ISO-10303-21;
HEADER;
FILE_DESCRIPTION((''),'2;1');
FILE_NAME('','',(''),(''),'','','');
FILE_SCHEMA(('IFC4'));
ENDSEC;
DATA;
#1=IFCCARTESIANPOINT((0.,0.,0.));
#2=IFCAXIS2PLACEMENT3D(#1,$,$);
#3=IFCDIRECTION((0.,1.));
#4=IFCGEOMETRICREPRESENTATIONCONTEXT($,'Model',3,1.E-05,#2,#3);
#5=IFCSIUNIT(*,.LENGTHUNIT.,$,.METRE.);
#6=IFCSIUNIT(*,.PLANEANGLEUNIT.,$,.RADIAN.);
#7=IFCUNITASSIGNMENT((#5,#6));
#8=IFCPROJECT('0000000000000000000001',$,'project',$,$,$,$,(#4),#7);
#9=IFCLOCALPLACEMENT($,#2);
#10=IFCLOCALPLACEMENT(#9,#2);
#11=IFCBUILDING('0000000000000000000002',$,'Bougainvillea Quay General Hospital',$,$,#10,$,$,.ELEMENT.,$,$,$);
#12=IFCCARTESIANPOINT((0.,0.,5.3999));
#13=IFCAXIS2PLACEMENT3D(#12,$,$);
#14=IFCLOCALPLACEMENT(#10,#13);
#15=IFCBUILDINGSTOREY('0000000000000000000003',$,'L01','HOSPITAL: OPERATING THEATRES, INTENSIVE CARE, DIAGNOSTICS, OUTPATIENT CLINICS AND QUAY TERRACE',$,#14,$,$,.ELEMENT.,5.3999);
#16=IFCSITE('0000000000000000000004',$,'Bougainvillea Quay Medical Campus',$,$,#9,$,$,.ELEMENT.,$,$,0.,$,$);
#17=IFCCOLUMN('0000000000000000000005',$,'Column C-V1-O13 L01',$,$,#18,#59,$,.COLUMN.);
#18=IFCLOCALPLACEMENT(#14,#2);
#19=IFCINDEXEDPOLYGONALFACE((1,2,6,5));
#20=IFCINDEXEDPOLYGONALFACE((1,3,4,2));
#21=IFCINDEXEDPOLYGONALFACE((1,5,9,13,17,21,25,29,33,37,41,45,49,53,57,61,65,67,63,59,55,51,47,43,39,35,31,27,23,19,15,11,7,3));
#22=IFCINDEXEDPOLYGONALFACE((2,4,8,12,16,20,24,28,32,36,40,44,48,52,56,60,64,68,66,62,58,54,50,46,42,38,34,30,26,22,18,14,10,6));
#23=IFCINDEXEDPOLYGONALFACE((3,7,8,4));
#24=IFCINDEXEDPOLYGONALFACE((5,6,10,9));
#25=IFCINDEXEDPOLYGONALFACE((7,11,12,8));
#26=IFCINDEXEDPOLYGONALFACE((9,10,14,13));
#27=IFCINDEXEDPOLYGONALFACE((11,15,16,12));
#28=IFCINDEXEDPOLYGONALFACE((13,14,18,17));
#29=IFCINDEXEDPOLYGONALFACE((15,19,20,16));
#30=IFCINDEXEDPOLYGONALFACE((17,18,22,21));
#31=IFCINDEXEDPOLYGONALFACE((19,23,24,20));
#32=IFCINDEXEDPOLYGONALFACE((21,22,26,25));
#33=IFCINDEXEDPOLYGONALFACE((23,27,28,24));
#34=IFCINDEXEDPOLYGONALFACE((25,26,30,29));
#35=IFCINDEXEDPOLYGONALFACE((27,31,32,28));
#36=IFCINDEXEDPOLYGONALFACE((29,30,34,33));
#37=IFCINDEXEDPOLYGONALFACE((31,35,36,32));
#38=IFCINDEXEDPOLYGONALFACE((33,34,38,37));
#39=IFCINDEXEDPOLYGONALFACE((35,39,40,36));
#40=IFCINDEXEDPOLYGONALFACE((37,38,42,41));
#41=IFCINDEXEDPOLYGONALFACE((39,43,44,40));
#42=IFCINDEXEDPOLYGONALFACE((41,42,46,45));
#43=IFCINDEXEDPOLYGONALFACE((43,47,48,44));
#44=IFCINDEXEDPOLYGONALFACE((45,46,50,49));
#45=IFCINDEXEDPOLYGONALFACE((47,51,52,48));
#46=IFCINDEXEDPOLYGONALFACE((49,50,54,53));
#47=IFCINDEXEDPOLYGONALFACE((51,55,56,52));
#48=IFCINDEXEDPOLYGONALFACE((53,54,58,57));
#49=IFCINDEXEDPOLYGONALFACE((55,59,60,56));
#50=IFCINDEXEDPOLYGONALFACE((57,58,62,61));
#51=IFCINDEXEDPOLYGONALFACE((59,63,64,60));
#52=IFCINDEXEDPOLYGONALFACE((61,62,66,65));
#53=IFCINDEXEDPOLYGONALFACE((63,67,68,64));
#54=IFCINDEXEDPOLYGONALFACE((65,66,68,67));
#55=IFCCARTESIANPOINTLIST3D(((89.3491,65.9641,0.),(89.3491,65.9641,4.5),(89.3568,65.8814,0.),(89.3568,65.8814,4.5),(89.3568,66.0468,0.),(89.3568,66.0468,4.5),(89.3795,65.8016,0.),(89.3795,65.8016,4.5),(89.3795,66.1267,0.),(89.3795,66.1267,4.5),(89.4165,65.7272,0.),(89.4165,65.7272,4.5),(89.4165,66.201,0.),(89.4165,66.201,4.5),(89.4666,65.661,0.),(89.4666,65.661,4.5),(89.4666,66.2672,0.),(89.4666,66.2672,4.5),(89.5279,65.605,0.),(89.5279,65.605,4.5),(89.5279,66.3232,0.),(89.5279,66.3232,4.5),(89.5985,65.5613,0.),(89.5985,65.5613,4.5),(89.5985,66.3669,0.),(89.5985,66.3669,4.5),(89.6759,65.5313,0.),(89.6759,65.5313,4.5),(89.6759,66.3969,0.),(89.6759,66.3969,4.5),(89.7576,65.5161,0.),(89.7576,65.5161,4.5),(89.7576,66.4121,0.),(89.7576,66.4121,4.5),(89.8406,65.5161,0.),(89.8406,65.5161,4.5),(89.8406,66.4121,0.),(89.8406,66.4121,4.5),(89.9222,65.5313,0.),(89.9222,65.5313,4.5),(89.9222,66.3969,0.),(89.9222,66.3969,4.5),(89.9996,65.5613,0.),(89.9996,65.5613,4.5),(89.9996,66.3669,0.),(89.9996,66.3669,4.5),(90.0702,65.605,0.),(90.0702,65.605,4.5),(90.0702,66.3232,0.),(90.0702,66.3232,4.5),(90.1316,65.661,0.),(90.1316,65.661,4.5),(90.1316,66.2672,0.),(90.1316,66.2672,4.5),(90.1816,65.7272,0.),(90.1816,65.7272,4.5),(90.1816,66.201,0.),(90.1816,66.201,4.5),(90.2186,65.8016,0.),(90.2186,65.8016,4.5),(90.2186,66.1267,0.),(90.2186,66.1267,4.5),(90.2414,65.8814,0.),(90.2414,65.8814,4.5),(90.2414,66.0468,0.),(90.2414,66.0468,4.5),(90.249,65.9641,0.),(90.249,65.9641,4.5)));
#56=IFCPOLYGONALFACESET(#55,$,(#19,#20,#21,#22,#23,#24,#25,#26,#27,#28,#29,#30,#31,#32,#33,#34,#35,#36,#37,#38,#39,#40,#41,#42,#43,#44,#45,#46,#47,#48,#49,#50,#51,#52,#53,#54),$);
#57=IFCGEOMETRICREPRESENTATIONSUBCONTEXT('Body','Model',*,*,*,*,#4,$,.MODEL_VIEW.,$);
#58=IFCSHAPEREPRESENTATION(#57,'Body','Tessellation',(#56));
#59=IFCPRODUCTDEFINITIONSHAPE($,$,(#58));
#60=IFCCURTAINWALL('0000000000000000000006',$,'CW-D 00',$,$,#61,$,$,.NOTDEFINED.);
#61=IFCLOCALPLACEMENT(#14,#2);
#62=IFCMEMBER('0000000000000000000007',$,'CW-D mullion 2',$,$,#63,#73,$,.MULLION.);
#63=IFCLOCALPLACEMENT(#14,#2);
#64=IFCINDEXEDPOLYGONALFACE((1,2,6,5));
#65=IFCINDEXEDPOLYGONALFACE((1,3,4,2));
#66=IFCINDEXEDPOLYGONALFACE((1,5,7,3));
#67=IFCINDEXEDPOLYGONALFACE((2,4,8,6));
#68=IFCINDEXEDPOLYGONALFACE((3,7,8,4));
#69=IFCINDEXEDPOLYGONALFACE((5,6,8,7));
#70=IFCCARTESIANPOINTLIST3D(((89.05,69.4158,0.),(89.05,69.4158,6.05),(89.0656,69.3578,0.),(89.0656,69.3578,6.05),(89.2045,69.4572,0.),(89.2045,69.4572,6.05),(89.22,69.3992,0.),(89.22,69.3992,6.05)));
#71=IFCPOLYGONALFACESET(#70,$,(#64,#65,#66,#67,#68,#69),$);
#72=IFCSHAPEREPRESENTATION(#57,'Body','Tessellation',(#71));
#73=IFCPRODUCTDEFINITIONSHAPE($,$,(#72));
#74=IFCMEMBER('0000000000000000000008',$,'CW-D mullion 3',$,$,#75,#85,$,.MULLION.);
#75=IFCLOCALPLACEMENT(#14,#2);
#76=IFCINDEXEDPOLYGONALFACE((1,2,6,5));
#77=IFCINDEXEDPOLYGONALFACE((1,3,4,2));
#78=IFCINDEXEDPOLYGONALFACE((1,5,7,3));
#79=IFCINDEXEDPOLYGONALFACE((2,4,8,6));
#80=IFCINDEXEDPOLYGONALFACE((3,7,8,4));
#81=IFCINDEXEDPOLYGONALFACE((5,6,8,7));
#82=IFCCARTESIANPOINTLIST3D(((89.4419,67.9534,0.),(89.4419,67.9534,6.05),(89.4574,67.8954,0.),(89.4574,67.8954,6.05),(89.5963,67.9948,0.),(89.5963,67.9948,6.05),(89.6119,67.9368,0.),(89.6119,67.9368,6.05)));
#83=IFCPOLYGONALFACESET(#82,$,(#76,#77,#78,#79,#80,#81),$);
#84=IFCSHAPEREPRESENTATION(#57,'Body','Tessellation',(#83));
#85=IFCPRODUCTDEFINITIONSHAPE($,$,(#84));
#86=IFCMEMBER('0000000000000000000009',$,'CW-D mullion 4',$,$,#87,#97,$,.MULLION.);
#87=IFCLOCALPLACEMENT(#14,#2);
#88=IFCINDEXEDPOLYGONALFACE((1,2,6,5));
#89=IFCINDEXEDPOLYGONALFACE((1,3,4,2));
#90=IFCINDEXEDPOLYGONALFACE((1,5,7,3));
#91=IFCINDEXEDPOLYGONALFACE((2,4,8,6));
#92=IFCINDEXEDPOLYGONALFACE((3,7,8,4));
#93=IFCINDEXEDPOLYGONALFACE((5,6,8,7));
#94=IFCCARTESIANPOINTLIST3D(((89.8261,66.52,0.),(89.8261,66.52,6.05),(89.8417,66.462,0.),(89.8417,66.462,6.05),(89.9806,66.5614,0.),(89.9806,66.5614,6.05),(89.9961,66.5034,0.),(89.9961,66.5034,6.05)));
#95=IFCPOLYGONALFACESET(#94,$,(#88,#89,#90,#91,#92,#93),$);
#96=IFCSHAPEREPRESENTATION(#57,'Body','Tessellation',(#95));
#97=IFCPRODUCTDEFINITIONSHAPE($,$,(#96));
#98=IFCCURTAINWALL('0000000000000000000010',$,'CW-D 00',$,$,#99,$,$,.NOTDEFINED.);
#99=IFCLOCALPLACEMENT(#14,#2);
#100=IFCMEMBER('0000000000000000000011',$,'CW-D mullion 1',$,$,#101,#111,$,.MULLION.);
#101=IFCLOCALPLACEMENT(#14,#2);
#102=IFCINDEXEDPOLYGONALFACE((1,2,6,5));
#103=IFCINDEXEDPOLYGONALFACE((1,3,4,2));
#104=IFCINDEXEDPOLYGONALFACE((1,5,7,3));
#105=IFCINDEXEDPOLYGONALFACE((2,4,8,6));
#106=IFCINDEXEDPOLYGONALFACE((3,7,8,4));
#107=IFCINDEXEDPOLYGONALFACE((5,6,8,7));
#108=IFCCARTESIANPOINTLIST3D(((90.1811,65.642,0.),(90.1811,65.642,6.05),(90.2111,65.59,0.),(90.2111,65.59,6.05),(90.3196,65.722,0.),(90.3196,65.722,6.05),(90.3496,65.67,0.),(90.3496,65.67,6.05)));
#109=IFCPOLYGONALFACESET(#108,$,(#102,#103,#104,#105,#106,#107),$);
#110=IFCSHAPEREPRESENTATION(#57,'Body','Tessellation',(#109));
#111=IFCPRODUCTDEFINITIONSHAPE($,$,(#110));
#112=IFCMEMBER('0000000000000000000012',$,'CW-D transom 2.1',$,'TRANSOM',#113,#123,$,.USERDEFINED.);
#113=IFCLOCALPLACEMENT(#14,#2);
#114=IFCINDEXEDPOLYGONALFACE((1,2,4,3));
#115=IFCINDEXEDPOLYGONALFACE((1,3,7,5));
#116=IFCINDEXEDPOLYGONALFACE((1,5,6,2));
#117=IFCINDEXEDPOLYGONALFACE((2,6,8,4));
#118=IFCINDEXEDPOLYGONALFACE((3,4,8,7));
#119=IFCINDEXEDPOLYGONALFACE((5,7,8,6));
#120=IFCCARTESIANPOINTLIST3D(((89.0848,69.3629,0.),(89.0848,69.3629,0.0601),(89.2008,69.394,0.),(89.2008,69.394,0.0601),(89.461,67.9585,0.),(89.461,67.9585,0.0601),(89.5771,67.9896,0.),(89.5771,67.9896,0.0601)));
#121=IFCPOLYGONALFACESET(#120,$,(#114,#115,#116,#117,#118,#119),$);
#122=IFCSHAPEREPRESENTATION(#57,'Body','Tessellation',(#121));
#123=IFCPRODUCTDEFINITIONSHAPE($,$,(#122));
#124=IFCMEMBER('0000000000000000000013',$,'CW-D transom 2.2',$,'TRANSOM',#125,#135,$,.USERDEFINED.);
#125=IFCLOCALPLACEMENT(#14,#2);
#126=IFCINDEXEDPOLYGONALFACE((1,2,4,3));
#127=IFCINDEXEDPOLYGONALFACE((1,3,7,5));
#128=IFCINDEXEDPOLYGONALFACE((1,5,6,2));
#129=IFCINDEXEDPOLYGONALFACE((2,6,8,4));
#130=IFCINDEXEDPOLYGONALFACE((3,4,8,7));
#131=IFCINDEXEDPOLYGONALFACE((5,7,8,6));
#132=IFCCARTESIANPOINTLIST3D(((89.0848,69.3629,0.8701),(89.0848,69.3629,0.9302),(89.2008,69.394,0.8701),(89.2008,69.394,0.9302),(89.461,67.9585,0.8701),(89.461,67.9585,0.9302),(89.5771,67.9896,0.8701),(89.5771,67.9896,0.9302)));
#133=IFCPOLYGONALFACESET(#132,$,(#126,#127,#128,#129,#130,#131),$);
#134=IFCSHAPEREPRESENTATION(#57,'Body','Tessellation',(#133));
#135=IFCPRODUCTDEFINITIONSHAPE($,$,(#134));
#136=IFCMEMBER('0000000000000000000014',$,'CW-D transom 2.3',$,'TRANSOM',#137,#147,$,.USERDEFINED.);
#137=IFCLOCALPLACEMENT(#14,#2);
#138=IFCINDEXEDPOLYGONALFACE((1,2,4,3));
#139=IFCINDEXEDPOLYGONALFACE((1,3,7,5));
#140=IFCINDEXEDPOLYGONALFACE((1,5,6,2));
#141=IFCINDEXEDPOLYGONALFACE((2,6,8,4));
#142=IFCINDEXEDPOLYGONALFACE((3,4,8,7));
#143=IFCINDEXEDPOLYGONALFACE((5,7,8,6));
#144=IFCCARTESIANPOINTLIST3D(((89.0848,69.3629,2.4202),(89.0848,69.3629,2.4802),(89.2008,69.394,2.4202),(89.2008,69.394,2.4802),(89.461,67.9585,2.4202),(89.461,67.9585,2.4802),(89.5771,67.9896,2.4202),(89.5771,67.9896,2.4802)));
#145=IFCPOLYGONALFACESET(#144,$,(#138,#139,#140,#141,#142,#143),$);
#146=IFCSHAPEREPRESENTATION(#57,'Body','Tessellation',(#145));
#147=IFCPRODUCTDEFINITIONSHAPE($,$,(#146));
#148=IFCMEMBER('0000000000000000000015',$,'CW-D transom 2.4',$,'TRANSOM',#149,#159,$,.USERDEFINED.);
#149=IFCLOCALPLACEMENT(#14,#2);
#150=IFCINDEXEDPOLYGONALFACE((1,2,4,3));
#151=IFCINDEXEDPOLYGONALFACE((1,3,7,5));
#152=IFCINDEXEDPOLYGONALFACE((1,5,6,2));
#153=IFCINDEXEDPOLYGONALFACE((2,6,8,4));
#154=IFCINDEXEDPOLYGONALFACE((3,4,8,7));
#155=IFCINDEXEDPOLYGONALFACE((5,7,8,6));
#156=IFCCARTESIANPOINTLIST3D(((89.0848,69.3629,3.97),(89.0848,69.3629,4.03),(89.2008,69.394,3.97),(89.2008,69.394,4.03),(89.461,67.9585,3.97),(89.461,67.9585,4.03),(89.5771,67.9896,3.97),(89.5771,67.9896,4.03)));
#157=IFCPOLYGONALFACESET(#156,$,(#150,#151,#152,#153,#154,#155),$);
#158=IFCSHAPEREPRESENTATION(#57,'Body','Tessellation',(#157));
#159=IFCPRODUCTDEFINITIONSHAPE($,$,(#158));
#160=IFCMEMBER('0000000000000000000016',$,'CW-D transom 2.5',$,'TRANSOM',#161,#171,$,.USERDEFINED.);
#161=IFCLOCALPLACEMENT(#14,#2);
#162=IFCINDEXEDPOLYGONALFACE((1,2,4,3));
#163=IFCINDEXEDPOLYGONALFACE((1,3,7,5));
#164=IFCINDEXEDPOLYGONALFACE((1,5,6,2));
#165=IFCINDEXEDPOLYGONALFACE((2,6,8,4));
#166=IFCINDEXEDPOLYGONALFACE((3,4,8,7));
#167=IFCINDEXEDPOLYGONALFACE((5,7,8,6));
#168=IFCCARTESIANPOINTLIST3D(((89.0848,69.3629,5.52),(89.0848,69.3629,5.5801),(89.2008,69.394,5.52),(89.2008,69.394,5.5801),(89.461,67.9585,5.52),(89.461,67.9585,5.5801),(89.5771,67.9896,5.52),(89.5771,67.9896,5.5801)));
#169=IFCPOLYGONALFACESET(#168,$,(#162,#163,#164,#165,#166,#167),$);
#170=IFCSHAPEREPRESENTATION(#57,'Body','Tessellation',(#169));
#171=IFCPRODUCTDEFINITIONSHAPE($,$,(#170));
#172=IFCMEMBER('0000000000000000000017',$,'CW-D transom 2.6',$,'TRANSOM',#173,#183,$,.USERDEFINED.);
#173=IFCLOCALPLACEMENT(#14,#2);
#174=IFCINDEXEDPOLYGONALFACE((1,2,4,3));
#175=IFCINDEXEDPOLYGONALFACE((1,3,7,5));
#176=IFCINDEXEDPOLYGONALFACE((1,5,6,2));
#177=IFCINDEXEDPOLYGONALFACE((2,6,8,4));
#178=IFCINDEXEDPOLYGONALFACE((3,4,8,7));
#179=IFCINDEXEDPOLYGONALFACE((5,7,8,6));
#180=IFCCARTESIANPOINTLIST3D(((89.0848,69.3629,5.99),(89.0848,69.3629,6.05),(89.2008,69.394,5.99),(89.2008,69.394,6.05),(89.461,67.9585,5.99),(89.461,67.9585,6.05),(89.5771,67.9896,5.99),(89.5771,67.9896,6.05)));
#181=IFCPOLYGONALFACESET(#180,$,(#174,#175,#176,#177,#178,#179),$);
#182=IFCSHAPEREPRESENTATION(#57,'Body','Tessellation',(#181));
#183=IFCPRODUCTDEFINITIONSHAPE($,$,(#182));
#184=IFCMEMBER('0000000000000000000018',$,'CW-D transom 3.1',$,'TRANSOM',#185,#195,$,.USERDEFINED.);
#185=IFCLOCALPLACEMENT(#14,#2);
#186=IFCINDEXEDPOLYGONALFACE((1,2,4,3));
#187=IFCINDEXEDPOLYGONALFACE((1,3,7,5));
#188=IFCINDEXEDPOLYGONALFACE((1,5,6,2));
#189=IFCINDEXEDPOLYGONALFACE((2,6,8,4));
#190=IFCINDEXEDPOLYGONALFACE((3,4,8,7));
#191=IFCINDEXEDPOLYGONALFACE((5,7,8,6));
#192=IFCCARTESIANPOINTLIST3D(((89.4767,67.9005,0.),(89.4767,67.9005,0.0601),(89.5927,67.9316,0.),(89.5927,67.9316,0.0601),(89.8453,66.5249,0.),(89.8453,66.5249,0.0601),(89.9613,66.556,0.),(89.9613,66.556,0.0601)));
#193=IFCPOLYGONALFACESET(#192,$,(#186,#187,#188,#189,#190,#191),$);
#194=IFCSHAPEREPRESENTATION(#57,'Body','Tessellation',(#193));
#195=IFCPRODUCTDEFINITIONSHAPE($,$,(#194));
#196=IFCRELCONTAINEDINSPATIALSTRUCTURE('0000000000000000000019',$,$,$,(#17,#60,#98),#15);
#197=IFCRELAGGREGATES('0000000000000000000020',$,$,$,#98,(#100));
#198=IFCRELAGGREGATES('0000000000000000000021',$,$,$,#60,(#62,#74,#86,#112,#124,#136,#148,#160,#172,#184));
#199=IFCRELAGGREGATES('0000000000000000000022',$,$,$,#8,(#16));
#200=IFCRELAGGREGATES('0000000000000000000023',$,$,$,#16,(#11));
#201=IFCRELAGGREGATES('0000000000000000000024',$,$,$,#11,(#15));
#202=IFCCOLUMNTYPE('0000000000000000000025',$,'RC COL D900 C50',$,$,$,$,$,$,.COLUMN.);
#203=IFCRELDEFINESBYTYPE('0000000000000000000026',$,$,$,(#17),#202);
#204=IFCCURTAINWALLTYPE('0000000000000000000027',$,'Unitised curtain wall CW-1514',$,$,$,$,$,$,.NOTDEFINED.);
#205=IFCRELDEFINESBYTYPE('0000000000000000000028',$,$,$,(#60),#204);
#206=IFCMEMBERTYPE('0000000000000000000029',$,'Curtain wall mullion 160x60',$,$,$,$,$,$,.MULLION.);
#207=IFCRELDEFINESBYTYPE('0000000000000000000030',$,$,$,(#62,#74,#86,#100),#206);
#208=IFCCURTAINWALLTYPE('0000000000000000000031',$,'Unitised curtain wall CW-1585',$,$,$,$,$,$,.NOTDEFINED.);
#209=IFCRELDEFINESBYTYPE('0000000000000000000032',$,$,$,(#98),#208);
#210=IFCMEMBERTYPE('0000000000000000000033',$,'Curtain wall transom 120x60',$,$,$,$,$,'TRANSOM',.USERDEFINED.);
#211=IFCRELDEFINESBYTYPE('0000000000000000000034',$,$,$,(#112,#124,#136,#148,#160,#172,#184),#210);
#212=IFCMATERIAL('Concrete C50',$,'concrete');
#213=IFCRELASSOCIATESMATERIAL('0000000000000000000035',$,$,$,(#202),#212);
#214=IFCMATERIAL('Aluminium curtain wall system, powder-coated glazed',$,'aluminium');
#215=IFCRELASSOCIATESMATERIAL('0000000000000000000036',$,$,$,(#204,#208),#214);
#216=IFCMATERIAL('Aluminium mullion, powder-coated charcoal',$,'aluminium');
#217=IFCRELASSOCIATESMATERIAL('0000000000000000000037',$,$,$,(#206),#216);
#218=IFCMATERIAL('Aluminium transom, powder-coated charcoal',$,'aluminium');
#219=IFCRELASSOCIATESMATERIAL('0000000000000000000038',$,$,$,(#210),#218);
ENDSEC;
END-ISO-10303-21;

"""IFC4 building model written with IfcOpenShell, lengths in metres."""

from ifc_helpers import new_model, si_unit, direction, frame, origin, origin_2d, place, context, subcontext, project, spatial, rectangle, circle, extrude, material, material_profile, profile_set, type_object, element, aggregate, save


model = new_model("IFC4")

# Units and contexts
model_context = context("Model", 3, precision=1e-05, world=origin(), true_north=direction((0.0, 1.0)))
body_context = subcontext(model_context, "Body", "Model", "MODEL_VIEW")
ifc_project = project(units=[si_unit("LENGTHUNIT", "METRE"), si_unit("PLANEANGLEUNIT", "RADIAN")], contexts=[model_context])

# Site, building, storey
site_placement = place(None, origin())
site = spatial("IfcSite", under=ifc_project, at=site_placement, Name="Bougainvillea Quay Medical Campus", CompositionType="ELEMENT", RefElevation=0.0)
building_placement = place(site_placement, origin())
building = spatial("IfcBuilding", under=site, at=building_placement, Name="Bougainvillea Quay General Hospital", CompositionType="ELEMENT")
storey_placement = place(building_placement, frame((0.0, 0.0, 5.3999)))
storey = spatial("IfcBuildingStorey", under=building, at=storey_placement, Name="L01", Description="HOSPITAL: OPERATING THEATRES, INTENSIVE CARE, DIAGNOSTICS, OUTPATIENT CLINICS AND QUAY TERRACE", CompositionType="ELEMENT", Elevation=5.3999)

# Column
ifc_material_1 = material(Name="Concrete C50", Category="concrete")
ifc_material_profile_1 = material_profile(ifc_material_1, circle(Radius=0.45, at=origin_2d()))
ifc_profile_set_1 = profile_set([ifc_material_profile_1], Name="Concrete C50")
column_type = type_object("IfcColumnType", Name="RC COL D900 C50", PredefinedType="COLUMN", material=ifc_profile_set_1)
column_placement = place(storey_placement, frame((89.7991, 65.9641, 0.0), z_axis=(0.0, 0.0, 1.0), x_axis=(1.0, 0.0, 0.0)))
element("IfcColumn", 1, at=column_placement, inside=storey, type_object=column_type, Name="Column C-V1-O13 L01", PredefinedType="COLUMN", context=body_context, shape_type="SweptSolid", body=[
    extrude(circle(Radius=0.45, at=origin_2d()), origin(), (0.0, 0.0, 1.0), 4.5),
])

# Curtain wall, members
ifc_material_2 = material(Name="Aluminium curtain wall system, powder-coated glazed", Category="aluminium")
curtain_wall_type_1 = type_object("IfcCurtainWallType", Name="Unitised curtain wall CW-1514", PredefinedType="NOTDEFINED", material=ifc_material_2)
curtain_wall_1_placement = place(storey_placement, origin())
curtain_wall_1 = element("IfcCurtainWall", 2, at=curtain_wall_1_placement, inside=storey, type_object=curtain_wall_type_1, Name="CW-D 00", PredefinedType="NOTDEFINED")
ifc_material_3 = material(Name="Aluminium mullion, powder-coated charcoal", Category="aluminium")
ifc_material_profile_2 = material_profile(ifc_material_3, rectangle(XDim=0.1599, YDim=0.0601, at=origin_2d()))
ifc_profile_set_2 = profile_set([ifc_material_profile_2], Name="Aluminium mullion, powder-coated charcoal")
member_type_1 = type_object("IfcMemberType", Name="Curtain wall mullion 160x60", PredefinedType="MULLION", material=ifc_profile_set_2)
member_1_placement = place(storey_placement, frame((89.135, 69.4075, 0.0), z_axis=(0.0, 0.0, 1.0), x_axis=(0.965916, 0.258855, 0.0)))
member_1 = element("IfcMember", 3, at=member_1_placement, type_object=member_type_1, Name="CW-D mullion 2", PredefinedType="MULLION", context=body_context, shape_type="SweptSolid", body=[
    extrude(rectangle(XDim=0.1599, YDim=0.0601, at=origin_2d()), origin(), (0.0, 0.0, 1.0), 6.05),
])
member_2_placement = place(storey_placement, frame((89.5269, 67.9451, 0.0), z_axis=(0.0, 0.0, 1.0), x_axis=(0.965916, 0.258855, 0.0)))
member_2 = element("IfcMember", 4, at=member_2_placement, type_object=member_type_1, Name="CW-D mullion 3", PredefinedType="MULLION", context=body_context, shape_type="SweptSolid", body=[
    extrude(rectangle(XDim=0.1599, YDim=0.0601, at=origin_2d()), origin(), (0.0, 0.0, 1.0), 6.05),
])
member_3_placement = place(storey_placement, frame((89.9111, 66.5117, 0.0), z_axis=(0.0, 0.0, 1.0), x_axis=(0.965916, 0.258855, 0.0)))
member_3 = element("IfcMember", 5, at=member_3_placement, type_object=member_type_1, Name="CW-D mullion 4", PredefinedType="MULLION", context=body_context, shape_type="SweptSolid", body=[
    extrude(rectangle(XDim=0.1599, YDim=0.0601, at=origin_2d()), origin(), (0.0, 0.0, 1.0), 6.05),
])

# Curtain wall, member
curtain_wall_type_2 = type_object("IfcCurtainWallType", Name="Unitised curtain wall CW-1585", PredefinedType="NOTDEFINED", material=ifc_material_2)
curtain_wall_2_placement = place(storey_placement, origin())
curtain_wall_2 = element("IfcCurtainWall", 6, at=curtain_wall_2_placement, inside=storey, type_object=curtain_wall_type_2, Name="CW-D 00", PredefinedType="NOTDEFINED")
member_4_placement = place(storey_placement, frame((90.2654, 65.656, 0.0), z_axis=(0.0, 0.0, 1.0), x_axis=(0.866046, 0.499965, 0.0)))
member_4 = element("IfcMember", 7, at=member_4_placement, type_object=member_type_1, Name="CW-D mullion 1", PredefinedType="MULLION", context=body_context, shape_type="SweptSolid", body=[
    extrude(rectangle(XDim=0.1599, YDim=0.0601, at=origin_2d()), origin(), (0.0, 0.0, 1.0), 6.05),
])

# Members
ifc_material_4 = material(Name="Aluminium transom, powder-coated charcoal", Category="aluminium")
ifc_material_profile_3 = material_profile(ifc_material_4, rectangle(XDim=0.1201, YDim=0.0601, at=origin_2d()))
ifc_profile_set_3 = profile_set([ifc_material_profile_3], Name="Aluminium transom, powder-coated charcoal")
member_type_2 = type_object("IfcMemberType", Name="Curtain wall transom 120x60", ElementType="TRANSOM", PredefinedType="USERDEFINED", material=ifc_profile_set_3)
member_5_placement = place(storey_placement, frame((89.1428, 69.3784, 0.03), z_axis=(0.258781, -0.965936, 0.0), x_axis=(0.965936, 0.258781, 0.0)))
member_5 = element("IfcMember", 8, at=member_5_placement, type_object=member_type_2, Name="CW-D transom 2.1", ObjectType="TRANSOM", PredefinedType="USERDEFINED", context=body_context, shape_type="SweptSolid", body=[
    extrude(rectangle(XDim=0.1201, YDim=0.0601, at=origin_2d()), origin(), (0.0, 0.0, 1.0), 1.4539),
])
member_6_placement = place(storey_placement, frame((89.1428, 69.3784, 0.9001), z_axis=(0.258781, -0.965936, 0.0), x_axis=(0.965936, 0.258781, 0.0)))
member_6 = element("IfcMember", 9, at=member_6_placement, type_object=member_type_2, Name="CW-D transom 2.2", ObjectType="TRANSOM", PredefinedType="USERDEFINED", context=body_context, shape_type="SweptSolid", body=[
    extrude(rectangle(XDim=0.1201, YDim=0.0601, at=origin_2d()), origin(), (0.0, 0.0, 1.0), 1.4539),
])
member_7_placement = place(storey_placement, frame((89.1428, 69.3784, 2.4502), z_axis=(0.258781, -0.965936, 0.0), x_axis=(0.965936, 0.258781, 0.0)))
member_7 = element("IfcMember", 10, at=member_7_placement, type_object=member_type_2, Name="CW-D transom 2.3", ObjectType="TRANSOM", PredefinedType="USERDEFINED", context=body_context, shape_type="SweptSolid", body=[
    extrude(rectangle(XDim=0.1201, YDim=0.0601, at=origin_2d()), origin(), (0.0, 0.0, 1.0), 1.4539),
])
member_8_placement = place(storey_placement, frame((89.1428, 69.3784, 4.0), z_axis=(0.258781, -0.965936, 0.0), x_axis=(0.965936, 0.258781, 0.0)))
member_8 = element("IfcMember", 11, at=member_8_placement, type_object=member_type_2, Name="CW-D transom 2.4", ObjectType="TRANSOM", PredefinedType="USERDEFINED", context=body_context, shape_type="SweptSolid", body=[
    extrude(rectangle(XDim=0.1201, YDim=0.0601, at=origin_2d()), origin(), (0.0, 0.0, 1.0), 1.4539),
])
member_9_placement = place(storey_placement, frame((89.1428, 69.3784, 5.55), z_axis=(0.258781, -0.965936, 0.0), x_axis=(0.965936, 0.258781, 0.0)))
member_9 = element("IfcMember", 12, at=member_9_placement, type_object=member_type_2, Name="CW-D transom 2.5", ObjectType="TRANSOM", PredefinedType="USERDEFINED", context=body_context, shape_type="SweptSolid", body=[
    extrude(rectangle(XDim=0.1201, YDim=0.0601, at=origin_2d()), origin(), (0.0, 0.0, 1.0), 1.4539),
])
member_10_placement = place(storey_placement, frame((89.1428, 69.3784, 6.02), z_axis=(0.258781, -0.965936, 0.0), x_axis=(0.965936, 0.258781, 0.0)))
member_10 = element("IfcMember", 13, at=member_10_placement, type_object=member_type_2, Name="CW-D transom 2.6", ObjectType="TRANSOM", PredefinedType="USERDEFINED", context=body_context, shape_type="SweptSolid", body=[
    extrude(rectangle(XDim=0.1201, YDim=0.0601, at=origin_2d()), origin(), (0.0, 0.0, 1.0), 1.4539),
])
member_11_placement = place(storey_placement, frame((89.5347, 67.916, 0.03), z_axis=(0.258879, -0.96591, 0.0), x_axis=(0.96591, 0.258879, 0.0)))
member_11 = element("IfcMember", 14, at=member_11_placement, type_object=member_type_2, Name="CW-D transom 3.1", ObjectType="TRANSOM", PredefinedType="USERDEFINED", context=body_context, shape_type="SweptSolid", body=[
    extrude(rectangle(XDim=0.1201, YDim=0.0601, at=origin_2d()), origin(), (0.0, 0.0, 1.0), 1.4241),
])
aggregate(curtain_wall_2, [member_4])

aggregate(curtain_wall_1, [member_1, member_2, member_3, member_5, member_6, member_7, member_8, member_9, member_10, member_11])

save(model, "model.ifc")
